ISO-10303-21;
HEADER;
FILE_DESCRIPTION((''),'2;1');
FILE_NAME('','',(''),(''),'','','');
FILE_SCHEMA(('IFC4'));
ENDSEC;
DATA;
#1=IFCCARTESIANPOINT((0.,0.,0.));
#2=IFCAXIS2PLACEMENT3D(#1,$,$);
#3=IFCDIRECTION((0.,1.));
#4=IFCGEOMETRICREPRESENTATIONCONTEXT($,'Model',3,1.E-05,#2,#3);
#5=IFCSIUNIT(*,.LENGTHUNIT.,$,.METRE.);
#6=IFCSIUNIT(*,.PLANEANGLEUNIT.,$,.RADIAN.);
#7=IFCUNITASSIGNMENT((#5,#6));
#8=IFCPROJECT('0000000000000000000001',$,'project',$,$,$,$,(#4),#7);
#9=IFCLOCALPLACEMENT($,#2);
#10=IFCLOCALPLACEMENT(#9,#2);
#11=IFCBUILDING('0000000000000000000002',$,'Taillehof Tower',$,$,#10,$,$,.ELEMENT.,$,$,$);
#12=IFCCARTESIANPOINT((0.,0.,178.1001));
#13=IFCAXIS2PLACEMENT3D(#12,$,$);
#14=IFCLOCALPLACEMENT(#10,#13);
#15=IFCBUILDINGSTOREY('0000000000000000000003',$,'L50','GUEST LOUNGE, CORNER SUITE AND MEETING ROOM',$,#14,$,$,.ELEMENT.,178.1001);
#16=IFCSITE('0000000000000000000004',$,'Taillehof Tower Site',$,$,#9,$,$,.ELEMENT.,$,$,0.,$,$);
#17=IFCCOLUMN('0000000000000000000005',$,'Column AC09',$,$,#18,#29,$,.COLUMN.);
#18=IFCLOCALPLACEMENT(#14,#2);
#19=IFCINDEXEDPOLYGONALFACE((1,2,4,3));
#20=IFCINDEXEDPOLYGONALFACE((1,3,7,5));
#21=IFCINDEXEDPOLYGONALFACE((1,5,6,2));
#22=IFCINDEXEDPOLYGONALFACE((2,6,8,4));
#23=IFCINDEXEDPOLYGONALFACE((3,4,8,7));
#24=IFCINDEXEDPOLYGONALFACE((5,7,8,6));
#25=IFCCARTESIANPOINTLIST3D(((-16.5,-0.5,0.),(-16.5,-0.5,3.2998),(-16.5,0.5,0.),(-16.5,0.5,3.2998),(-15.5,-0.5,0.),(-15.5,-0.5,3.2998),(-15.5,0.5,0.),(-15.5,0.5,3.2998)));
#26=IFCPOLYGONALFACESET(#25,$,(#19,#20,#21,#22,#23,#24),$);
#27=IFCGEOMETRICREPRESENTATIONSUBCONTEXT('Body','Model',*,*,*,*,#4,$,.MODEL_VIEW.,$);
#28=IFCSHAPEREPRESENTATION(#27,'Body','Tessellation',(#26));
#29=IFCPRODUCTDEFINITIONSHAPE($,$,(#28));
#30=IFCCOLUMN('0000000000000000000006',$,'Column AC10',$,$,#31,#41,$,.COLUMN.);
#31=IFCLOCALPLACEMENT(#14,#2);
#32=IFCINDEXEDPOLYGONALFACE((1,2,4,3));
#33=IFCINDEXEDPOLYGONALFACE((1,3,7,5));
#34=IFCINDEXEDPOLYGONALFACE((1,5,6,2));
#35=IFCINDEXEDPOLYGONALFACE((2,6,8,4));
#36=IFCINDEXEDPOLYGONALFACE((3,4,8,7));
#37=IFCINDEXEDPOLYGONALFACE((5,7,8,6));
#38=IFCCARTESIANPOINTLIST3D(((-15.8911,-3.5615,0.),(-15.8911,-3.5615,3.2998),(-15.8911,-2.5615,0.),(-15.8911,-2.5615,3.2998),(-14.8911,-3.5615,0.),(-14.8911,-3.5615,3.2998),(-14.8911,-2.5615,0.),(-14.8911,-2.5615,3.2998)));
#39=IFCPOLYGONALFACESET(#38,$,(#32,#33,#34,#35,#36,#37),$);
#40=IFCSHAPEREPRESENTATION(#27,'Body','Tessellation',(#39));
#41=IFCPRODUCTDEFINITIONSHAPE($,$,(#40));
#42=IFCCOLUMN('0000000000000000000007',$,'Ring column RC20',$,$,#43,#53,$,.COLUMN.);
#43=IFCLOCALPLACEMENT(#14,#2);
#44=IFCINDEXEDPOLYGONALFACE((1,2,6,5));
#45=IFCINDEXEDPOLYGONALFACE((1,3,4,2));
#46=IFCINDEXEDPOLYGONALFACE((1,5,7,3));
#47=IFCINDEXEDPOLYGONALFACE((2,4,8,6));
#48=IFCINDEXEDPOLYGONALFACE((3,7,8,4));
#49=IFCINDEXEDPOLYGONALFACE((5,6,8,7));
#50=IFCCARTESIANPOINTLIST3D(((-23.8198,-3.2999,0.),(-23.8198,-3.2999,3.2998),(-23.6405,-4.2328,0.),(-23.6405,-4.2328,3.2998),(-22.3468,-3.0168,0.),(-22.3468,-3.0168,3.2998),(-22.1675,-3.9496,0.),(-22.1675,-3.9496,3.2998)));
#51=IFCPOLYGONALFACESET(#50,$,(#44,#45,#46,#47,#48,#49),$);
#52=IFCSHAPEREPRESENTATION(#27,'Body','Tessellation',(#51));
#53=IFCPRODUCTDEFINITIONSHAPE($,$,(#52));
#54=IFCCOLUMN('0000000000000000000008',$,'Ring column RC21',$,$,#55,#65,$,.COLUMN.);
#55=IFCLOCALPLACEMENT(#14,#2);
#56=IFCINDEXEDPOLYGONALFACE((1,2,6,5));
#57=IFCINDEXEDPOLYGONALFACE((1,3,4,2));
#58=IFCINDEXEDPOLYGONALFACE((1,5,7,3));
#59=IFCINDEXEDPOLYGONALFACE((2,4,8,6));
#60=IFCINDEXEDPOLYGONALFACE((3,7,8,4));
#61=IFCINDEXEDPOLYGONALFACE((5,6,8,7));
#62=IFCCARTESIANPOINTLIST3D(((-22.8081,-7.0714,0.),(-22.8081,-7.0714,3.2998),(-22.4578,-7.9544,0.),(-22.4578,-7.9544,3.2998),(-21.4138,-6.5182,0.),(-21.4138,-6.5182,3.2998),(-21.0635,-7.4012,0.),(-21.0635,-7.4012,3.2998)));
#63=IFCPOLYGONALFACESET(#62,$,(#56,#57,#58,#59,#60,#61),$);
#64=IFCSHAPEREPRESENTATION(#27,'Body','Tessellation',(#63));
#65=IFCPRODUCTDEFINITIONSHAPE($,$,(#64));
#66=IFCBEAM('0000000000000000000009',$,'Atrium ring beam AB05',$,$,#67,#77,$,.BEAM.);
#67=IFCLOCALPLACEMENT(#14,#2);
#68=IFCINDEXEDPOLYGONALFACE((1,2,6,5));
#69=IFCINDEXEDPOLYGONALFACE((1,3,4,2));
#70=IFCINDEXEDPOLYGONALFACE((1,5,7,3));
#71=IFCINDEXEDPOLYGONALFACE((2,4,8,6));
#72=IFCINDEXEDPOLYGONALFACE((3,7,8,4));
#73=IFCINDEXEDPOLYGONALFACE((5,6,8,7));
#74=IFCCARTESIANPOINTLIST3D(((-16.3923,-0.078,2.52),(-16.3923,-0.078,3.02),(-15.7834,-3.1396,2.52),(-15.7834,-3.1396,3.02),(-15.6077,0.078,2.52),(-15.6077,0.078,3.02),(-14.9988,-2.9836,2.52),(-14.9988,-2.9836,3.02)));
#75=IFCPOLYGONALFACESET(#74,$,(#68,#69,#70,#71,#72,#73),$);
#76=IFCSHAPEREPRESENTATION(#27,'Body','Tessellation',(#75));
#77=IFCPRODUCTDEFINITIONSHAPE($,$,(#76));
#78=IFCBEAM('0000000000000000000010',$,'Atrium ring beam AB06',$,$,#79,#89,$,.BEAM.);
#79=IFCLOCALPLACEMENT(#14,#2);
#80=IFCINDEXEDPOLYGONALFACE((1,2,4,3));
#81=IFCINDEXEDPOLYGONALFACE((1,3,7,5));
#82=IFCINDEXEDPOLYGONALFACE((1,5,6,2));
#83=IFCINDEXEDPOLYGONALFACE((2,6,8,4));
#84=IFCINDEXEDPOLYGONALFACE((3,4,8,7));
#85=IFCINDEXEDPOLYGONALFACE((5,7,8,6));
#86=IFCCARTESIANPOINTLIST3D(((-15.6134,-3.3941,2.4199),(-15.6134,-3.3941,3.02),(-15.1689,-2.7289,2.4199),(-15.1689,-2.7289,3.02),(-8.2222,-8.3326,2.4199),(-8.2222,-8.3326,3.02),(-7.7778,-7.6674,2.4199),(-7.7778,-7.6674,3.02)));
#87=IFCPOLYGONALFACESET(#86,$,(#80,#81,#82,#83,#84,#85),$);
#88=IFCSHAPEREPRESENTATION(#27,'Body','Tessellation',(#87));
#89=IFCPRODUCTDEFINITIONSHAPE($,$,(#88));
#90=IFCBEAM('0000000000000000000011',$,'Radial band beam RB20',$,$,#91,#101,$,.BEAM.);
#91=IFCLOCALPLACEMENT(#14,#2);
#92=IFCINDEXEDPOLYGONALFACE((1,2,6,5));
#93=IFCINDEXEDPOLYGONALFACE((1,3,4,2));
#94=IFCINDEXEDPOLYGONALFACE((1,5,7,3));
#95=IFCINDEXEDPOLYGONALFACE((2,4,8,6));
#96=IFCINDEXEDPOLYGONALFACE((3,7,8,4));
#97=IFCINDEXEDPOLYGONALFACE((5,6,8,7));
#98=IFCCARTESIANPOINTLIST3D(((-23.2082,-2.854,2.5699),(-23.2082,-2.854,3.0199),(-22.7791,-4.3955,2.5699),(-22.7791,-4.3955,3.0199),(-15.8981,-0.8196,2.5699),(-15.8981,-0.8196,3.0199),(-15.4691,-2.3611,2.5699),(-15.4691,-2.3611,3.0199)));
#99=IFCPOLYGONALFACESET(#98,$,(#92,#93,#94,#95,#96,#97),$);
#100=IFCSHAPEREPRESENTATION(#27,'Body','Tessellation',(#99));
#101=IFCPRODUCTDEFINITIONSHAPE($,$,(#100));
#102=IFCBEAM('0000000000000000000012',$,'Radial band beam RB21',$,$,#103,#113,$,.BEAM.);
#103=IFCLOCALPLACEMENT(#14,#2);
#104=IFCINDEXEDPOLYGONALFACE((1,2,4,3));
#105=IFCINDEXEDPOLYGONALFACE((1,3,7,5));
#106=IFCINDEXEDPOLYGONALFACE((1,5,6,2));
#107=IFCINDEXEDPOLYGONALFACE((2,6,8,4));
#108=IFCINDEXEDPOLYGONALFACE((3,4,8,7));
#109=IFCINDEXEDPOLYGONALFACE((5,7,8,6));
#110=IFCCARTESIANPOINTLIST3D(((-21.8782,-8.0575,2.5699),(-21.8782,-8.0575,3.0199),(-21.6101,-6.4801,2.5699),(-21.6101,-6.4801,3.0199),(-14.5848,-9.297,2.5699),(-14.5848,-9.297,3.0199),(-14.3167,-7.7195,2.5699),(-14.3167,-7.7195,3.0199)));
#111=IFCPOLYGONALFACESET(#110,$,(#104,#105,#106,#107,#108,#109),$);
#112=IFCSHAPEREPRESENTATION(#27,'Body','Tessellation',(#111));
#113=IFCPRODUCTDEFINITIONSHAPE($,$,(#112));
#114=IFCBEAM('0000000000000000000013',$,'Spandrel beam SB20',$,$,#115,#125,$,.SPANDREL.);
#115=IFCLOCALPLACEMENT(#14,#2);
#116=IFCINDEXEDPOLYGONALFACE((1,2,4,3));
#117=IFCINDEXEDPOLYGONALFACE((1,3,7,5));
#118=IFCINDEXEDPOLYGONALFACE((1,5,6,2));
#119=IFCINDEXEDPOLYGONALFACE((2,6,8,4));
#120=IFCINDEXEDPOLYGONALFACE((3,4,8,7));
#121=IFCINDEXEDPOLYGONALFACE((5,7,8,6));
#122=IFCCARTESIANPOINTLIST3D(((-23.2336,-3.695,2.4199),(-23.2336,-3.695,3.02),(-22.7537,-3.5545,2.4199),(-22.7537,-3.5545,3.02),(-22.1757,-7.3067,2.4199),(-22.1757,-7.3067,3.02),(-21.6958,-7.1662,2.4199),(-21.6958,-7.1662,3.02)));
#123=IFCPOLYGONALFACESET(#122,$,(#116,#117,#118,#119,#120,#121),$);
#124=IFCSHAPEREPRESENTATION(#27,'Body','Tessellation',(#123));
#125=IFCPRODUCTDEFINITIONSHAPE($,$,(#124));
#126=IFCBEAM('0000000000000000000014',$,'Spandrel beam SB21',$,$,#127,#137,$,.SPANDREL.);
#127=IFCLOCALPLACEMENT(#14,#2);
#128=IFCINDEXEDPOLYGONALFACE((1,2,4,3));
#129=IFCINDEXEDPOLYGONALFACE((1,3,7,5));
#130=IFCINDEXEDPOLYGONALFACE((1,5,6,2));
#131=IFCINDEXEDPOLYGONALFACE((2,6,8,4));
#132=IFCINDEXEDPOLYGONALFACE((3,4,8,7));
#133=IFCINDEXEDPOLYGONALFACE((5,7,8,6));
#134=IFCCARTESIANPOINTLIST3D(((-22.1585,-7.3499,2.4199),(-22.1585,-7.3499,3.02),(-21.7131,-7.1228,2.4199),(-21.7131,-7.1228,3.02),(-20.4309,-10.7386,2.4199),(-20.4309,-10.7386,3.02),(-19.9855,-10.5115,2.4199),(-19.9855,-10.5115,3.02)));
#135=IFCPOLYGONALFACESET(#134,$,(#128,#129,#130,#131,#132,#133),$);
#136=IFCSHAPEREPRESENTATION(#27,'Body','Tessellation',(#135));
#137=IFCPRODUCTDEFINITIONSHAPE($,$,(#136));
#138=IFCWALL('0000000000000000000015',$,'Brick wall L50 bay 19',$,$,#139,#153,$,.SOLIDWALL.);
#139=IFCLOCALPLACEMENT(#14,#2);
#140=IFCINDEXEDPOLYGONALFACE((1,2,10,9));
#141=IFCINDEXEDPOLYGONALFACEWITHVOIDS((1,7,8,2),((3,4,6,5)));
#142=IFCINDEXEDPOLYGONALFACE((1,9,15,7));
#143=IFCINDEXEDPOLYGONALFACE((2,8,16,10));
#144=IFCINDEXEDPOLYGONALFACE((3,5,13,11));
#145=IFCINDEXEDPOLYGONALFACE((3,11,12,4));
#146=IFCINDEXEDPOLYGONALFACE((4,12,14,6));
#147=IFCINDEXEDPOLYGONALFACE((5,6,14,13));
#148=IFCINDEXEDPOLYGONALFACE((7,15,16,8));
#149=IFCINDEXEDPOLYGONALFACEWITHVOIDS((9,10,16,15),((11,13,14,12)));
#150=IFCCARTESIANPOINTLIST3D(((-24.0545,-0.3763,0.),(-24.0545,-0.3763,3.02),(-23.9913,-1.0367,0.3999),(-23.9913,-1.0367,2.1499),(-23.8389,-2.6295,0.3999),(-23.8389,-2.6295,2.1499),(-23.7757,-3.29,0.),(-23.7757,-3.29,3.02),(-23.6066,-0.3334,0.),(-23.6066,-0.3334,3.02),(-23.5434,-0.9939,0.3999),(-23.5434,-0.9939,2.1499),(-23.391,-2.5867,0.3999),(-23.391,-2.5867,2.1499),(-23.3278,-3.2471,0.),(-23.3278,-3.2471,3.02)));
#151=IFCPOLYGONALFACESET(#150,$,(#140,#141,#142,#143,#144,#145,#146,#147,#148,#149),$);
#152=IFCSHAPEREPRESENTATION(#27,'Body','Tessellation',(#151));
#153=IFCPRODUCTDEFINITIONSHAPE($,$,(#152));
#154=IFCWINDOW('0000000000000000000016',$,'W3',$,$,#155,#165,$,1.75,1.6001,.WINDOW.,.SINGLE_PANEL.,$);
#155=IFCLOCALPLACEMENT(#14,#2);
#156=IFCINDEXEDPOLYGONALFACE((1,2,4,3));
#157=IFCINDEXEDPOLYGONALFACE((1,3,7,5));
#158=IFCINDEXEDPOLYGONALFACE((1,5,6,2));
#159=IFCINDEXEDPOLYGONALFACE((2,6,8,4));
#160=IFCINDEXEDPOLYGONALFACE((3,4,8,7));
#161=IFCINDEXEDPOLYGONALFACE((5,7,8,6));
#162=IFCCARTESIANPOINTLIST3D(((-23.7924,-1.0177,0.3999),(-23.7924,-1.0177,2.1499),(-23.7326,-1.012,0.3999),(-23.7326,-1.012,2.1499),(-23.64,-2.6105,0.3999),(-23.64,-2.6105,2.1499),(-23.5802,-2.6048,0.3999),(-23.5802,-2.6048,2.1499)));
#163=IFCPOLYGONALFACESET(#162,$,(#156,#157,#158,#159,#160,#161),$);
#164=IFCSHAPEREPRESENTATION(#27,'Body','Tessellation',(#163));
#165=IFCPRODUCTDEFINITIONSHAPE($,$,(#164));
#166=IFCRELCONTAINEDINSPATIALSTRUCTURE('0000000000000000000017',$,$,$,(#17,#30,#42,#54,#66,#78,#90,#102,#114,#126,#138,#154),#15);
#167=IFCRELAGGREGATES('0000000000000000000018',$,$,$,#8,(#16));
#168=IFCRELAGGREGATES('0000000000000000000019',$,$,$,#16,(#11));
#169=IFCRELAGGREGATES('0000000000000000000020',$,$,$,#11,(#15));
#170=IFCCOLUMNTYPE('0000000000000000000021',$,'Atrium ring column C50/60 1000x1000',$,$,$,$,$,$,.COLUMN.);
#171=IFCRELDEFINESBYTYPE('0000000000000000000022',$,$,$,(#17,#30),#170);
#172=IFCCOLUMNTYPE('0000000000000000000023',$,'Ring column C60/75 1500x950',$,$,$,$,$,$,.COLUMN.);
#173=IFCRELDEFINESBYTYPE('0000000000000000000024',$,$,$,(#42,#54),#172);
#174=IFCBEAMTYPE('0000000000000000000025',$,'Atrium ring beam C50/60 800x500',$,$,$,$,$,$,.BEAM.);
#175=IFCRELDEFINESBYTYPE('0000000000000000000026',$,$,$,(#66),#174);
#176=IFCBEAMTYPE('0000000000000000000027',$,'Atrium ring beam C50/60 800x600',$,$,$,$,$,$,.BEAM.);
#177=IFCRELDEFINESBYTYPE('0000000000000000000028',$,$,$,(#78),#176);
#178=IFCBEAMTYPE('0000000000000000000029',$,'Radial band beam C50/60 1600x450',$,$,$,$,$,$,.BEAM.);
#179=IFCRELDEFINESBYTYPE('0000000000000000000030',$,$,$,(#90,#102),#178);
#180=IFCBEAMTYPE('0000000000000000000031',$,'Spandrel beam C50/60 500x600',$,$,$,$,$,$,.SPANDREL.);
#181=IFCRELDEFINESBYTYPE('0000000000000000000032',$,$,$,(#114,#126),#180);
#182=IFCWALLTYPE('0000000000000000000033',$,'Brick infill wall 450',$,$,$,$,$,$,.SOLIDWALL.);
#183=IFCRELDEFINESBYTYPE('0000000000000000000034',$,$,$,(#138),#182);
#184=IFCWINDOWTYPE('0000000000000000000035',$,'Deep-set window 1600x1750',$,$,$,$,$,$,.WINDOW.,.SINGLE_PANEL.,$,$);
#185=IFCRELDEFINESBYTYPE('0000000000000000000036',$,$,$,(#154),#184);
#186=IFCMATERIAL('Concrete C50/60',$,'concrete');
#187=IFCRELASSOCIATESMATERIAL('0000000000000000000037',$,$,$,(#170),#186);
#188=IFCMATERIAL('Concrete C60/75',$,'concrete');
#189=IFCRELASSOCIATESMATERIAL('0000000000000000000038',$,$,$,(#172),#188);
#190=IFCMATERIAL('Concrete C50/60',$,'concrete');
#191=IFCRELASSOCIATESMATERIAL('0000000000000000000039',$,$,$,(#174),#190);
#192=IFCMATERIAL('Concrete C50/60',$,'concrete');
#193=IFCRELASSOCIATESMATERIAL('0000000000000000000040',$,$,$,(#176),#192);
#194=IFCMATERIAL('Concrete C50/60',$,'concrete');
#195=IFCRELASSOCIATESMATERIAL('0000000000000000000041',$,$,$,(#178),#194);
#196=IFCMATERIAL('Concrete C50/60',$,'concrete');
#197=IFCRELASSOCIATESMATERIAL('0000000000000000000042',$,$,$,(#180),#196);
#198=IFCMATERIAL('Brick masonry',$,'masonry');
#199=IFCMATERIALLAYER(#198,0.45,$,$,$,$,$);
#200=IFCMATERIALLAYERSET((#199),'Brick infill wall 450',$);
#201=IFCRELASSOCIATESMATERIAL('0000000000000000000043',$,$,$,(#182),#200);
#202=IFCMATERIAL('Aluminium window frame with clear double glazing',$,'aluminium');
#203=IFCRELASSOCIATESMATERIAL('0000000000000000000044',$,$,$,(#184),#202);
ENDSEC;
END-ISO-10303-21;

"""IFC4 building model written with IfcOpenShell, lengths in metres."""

from ifc_helpers import new_model, si_unit, direction, frame, frame_2d, origin, origin_2d, place, context, subcontext, project, spatial, rectangle, extrude, material, layer, layer_set, material_profile, profile_set, type_object, element, fill, save


model = new_model("IFC4")

# Units and contexts
model_context = context("Model", 3, precision=1e-05, world=origin(), true_north=direction((0.0, 1.0)))
body_context = subcontext(model_context, "Body", "Model", "MODEL_VIEW")
ifc_project = project(units=[si_unit("LENGTHUNIT", "METRE"), si_unit("PLANEANGLEUNIT", "RADIAN")], contexts=[model_context])

# Site, building, storey
site_placement = place(None, origin())
site = spatial("IfcSite", under=ifc_project, at=site_placement, Name="Taillehof Tower Site", CompositionType="ELEMENT", RefElevation=0.0)
building_placement = place(site_placement, origin())
building = spatial("IfcBuilding", under=site, at=building_placement, Name="Taillehof Tower", CompositionType="ELEMENT")
storey_placement = place(building_placement, frame((0.0, 0.0, 178.1001)))
storey = spatial("IfcBuildingStorey", under=building, at=storey_placement, Name="L50", Description="GUEST LOUNGE, CORNER SUITE AND MEETING ROOM", CompositionType="ELEMENT", Elevation=178.1001)

# Columns
ifc_material_1 = material(Name="Concrete C50/60", Category="concrete")
ifc_material_profile_1 = material_profile(ifc_material_1, rectangle(XDim=1.0, YDim=1.0, at=origin_2d()), Name="RC 1000x1000")
ifc_profile_set_1 = profile_set([ifc_material_profile_1], Name="Concrete C50/60")
column_type_1 = type_object("IfcColumnType", Name="Atrium ring column C50/60 1000x1000", PredefinedType="COLUMN", material=ifc_profile_set_1)
for number, where, z_axis, x_axis, name in (
    (1, (-16.0, 0.0, 0.0), (0.0, 0.0, 1.0), (1.0, 0.0, 0.0), "Column AC09"),
    (2, (-15.3911, -3.0615, 0.0), (0.0, 0.0, 1.0), (1.0, 0.0, 0.0), "Column AC10"),
):
    element("IfcColumn", number, at=place(storey_placement, frame(where, z_axis=z_axis, x_axis=x_axis)), inside=storey, type_object=column_type_1, Name=name, PredefinedType="COLUMN", context=body_context, shape_type="SweptSolid", body=[
        extrude(rectangle(XDim=1.0, YDim=1.0, at=origin_2d()), origin(), (0.0, 0.0, 1.0), 3.2998),
    ])
ifc_material_2 = material(Name="Concrete C60/75", Category="concrete")
ifc_material_profile_2 = material_profile(ifc_material_2, rectangle(XDim=1.5, YDim=0.95, at=origin_2d()), Name="RC 1500x950")
ifc_profile_set_2 = profile_set([ifc_material_profile_2], Name="Concrete C60/75")
column_type_2 = type_object("IfcColumnType", Name="Ring column C60/75 1500x950", PredefinedType="COLUMN", material=ifc_profile_set_2)
for number, where, z_axis, x_axis, name in (
    (3, (-22.9937, -3.6248, 0.0), (0.0, 0.0, 1.0), (-0.982024, -0.188757, 0.0), "Ring column RC20"),
    (4, (-21.9358, -7.2363, 0.0), (0.0, 0.0, 1.0), (-0.929511, -0.368793, 0.0), "Ring column RC21"),
):
    element("IfcColumn", number, at=place(storey_placement, frame(where, z_axis=z_axis, x_axis=x_axis)), inside=storey, type_object=column_type_2, Name=name, PredefinedType="COLUMN", context=body_context, shape_type="SweptSolid", body=[
        extrude(rectangle(XDim=1.5, YDim=0.95, at=origin_2d()), origin(), (0.0, 0.0, 1.0), 3.2998),
    ])

# Beams
ifc_material_3 = material(Name="Concrete C50/60", Category="concrete")
ifc_material_profile_3 = material_profile(ifc_material_3, rectangle(XDim=0.8, YDim=0.5, at=origin_2d()), Name="RC 800x500")
ifc_profile_set_3 = profile_set([ifc_material_profile_3], Name="Concrete C50/60")
beam_type_1 = type_object("IfcBeamType", Name="Atrium ring beam C50/60 800x500", PredefinedType="BEAM", material=ifc_profile_set_3)
beam_1_placement = place(storey_placement, frame((-16.0, 0.0, 2.77), z_axis=(0.195063, -0.980791, 0.0), x_axis=(0.980791, 0.195063, 0.0)))
element("IfcBeam", 5, at=beam_1_placement, inside=storey, type_object=beam_type_1, Name="Atrium ring beam AB05", PredefinedType="BEAM", context=body_context, shape_type="SweptSolid", body=[
    extrude(rectangle(XDim=0.8, YDim=0.5, at=origin_2d()), origin(), (0.0, 0.0, 1.0), 3.1216),
])
ifc_material_4 = material(Name="Concrete C50/60", Category="concrete")
ifc_material_profile_4 = material_profile(ifc_material_4, rectangle(XDim=0.8, YDim=0.6001, at=origin_2d()), Name="RC 800x600")
ifc_profile_set_4 = profile_set([ifc_material_profile_4], Name="Concrete C50/60")
beam_type_2 = type_object("IfcBeamType", Name="Atrium ring beam C50/60 800x600", PredefinedType="BEAM", material=ifc_profile_set_4)
beam_2_placement = place(storey_placement, frame((-15.3911, -3.0615, 2.72), z_axis=(0.831475, -0.555562, 0.0), x_axis=(0.555562, 0.831475, 0.0)))
element("IfcBeam", 6, at=beam_2_placement, inside=storey, type_object=beam_type_2, Name="Atrium ring beam AB06", PredefinedType="BEAM", context=body_context, shape_type="SweptSolid", body=[
    extrude(rectangle(XDim=0.8, YDim=0.6001, at=origin_2d()), origin(), (0.0, 0.0, 1.0), 8.8892),
])
ifc_material_5 = material(Name="Concrete C50/60", Category="concrete")
ifc_material_profile_5 = material_profile(ifc_material_5, rectangle(XDim=1.6001, YDim=0.45, at=origin_2d()), Name="RC 1600x450")
ifc_profile_set_5 = profile_set([ifc_material_profile_5], Name="Concrete C50/60")
beam_type_3 = type_object("IfcBeamType", Name="Radial band beam C50/60 1600x450", PredefinedType="BEAM", material=ifc_profile_set_5)
beam_3_placement = place(storey_placement, frame((-22.9937, -3.6248, 2.7949), z_axis=(0.963387, 0.268115, 0.0), x_axis=(-0.268115, 0.963387, 0.0)))
element("IfcBeam", 7, at=beam_3_placement, inside=storey, type_object=beam_type_3, Name="Radial band beam RB20", PredefinedType="BEAM", context=body_context, shape_type="SweptSolid", body=[
    extrude(rectangle(XDim=1.6001, YDim=0.45, at=origin_2d()), origin(), (0.0, 0.0, 1.0), 7.5879),
])
beam_4_placement = place(storey_placement, frame((-21.7441, -7.2688, 2.7949), z_axis=(0.985864, -0.167545, 0.0), x_axis=(0.167545, 0.985864, 0.0)))
element("IfcBeam", 8, at=beam_4_placement, inside=storey, type_object=beam_type_3, Name="Radial band beam RB21", PredefinedType="BEAM", context=body_context, shape_type="SweptSolid", body=[
    extrude(rectangle(XDim=1.6001, YDim=0.45, at=origin_2d()), origin(), (0.0, 0.0, 1.0), 7.3979),
])
ifc_material_6 = material(Name="Concrete C50/60", Category="concrete")
ifc_material_profile_6 = material_profile(ifc_material_6, rectangle(XDim=0.5, YDim=0.6001, at=origin_2d()), Name="RC 500x600")
ifc_profile_set_6 = profile_set([ifc_material_profile_6], Name="Concrete C50/60")
beam_type_4 = type_object("IfcBeamType", Name="Spandrel beam C50/60 500x600", PredefinedType="SPANDREL", material=ifc_profile_set_6)
beam_5_placement = place(storey_placement, frame((-22.9937, -3.6248, 2.72), z_axis=(0.281098, -0.959679, 0.0), x_axis=(0.959679, 0.281098, 0.0)))
element("IfcBeam", 9, at=beam_5_placement, inside=storey, type_object=beam_type_4, Name="Spandrel beam SB20", PredefinedType="SPANDREL", context=body_context, shape_type="SweptSolid", body=[
    extrude(rectangle(XDim=0.5, YDim=0.6001, at=origin_2d()), origin(), (0.0, 0.0, 1.0), 3.7634),
])
beam_6_placement = place(storey_placement, frame((-21.9358, -7.2363, 2.72), z_axis=(0.454183, -0.890908, 0.0), x_axis=(0.890908, 0.454183, 0.0)))
element("IfcBeam", 10, at=beam_6_placement, inside=storey, type_object=beam_type_4, Name="Spandrel beam SB21", PredefinedType="SPANDREL", context=body_context, shape_type="SweptSolid", body=[
    extrude(rectangle(XDim=0.5, YDim=0.6001, at=origin_2d()), origin(), (0.0, 0.0, 1.0), 3.8037),
])

# Wall, opening, window
ifc_material_7 = material(Name="Brick masonry", Category="masonry")
ifc_layer_1 = layer(ifc_material_7, 0.45)
ifc_layer_set_1 = layer_set([ifc_layer_1], Name="Brick infill wall 450")
wall_type_1 = type_object("IfcWallType", Name="Brick infill wall 450", PredefinedType="SOLIDWALL", material=ifc_layer_set_1)
wall_1_placement = place(storey_placement, frame((-23.8306, -0.355, 0.0), z_axis=(0.0, 0.0, 1.0), x_axis=(0.095258, -0.995453, 0.0)))
wall_1 = element("IfcWall", 11, at=wall_1_placement, inside=storey, type_object=wall_type_1, Name="Brick wall L50 bay 19", PredefinedType="SOLIDWALL", context=body_context, shape_type="SweptSolid", body=[
    extrude(rectangle(XDim=2.927, YDim=0.45, at=frame_2d((1.4634, 0.0))), origin(), (0.0, 0.0, 1.0), 3.02),
])
opening_1_placement = place(wall_1_placement, frame((0.6633, 0.0, 0.3999)))
opening_1 = element("IfcOpeningElement", 12, at=opening_1_placement, cuts=wall_1, PredefinedType="OPENING", context=body_context, shape_type="SweptSolid", body=[
    extrude(rectangle(XDim=1.6001, YDim=1.75, at=frame_2d((0.8, 0.875))), frame((0.0, 0.2349, 0.0), z_axis=(0.0, -1.0, 0.0), x_axis=(1.0, 0.0, 0.0)), (0.0, 0.0, 1.0), 0.47),
])
ifc_material_8 = material(Name="Aluminium window frame with clear double glazing", Category="aluminium")
window_type_1 = type_object("IfcWindowType", Name="Deep-set window 1600x1750", PartitioningType="SINGLE_PANEL", PredefinedType="WINDOW", material=ifc_material_8)
window_1_placement = place(opening_1_placement, origin())
window_1 = element("IfcWindow", 13, at=window_1_placement, inside=storey, type_object=window_type_1, Name="W3", OverallHeight=1.75, OverallWidth=1.6001, PartitioningType="SINGLE_PANEL", PredefinedType="WINDOW", context=body_context, shape_type="SweptSolid", body=[
    extrude(rectangle(XDim=1.6001, YDim=1.75, at=frame_2d((0.8, 0.875))), frame((0.0, 0.0349, 0.0), z_axis=(0.0, -1.0, 0.0), x_axis=(1.0, 0.0, 0.0)), (0.0, 0.0, 1.0), 0.0601),
])
fill(opening_1, window_1)

save(model, "model.ifc")
